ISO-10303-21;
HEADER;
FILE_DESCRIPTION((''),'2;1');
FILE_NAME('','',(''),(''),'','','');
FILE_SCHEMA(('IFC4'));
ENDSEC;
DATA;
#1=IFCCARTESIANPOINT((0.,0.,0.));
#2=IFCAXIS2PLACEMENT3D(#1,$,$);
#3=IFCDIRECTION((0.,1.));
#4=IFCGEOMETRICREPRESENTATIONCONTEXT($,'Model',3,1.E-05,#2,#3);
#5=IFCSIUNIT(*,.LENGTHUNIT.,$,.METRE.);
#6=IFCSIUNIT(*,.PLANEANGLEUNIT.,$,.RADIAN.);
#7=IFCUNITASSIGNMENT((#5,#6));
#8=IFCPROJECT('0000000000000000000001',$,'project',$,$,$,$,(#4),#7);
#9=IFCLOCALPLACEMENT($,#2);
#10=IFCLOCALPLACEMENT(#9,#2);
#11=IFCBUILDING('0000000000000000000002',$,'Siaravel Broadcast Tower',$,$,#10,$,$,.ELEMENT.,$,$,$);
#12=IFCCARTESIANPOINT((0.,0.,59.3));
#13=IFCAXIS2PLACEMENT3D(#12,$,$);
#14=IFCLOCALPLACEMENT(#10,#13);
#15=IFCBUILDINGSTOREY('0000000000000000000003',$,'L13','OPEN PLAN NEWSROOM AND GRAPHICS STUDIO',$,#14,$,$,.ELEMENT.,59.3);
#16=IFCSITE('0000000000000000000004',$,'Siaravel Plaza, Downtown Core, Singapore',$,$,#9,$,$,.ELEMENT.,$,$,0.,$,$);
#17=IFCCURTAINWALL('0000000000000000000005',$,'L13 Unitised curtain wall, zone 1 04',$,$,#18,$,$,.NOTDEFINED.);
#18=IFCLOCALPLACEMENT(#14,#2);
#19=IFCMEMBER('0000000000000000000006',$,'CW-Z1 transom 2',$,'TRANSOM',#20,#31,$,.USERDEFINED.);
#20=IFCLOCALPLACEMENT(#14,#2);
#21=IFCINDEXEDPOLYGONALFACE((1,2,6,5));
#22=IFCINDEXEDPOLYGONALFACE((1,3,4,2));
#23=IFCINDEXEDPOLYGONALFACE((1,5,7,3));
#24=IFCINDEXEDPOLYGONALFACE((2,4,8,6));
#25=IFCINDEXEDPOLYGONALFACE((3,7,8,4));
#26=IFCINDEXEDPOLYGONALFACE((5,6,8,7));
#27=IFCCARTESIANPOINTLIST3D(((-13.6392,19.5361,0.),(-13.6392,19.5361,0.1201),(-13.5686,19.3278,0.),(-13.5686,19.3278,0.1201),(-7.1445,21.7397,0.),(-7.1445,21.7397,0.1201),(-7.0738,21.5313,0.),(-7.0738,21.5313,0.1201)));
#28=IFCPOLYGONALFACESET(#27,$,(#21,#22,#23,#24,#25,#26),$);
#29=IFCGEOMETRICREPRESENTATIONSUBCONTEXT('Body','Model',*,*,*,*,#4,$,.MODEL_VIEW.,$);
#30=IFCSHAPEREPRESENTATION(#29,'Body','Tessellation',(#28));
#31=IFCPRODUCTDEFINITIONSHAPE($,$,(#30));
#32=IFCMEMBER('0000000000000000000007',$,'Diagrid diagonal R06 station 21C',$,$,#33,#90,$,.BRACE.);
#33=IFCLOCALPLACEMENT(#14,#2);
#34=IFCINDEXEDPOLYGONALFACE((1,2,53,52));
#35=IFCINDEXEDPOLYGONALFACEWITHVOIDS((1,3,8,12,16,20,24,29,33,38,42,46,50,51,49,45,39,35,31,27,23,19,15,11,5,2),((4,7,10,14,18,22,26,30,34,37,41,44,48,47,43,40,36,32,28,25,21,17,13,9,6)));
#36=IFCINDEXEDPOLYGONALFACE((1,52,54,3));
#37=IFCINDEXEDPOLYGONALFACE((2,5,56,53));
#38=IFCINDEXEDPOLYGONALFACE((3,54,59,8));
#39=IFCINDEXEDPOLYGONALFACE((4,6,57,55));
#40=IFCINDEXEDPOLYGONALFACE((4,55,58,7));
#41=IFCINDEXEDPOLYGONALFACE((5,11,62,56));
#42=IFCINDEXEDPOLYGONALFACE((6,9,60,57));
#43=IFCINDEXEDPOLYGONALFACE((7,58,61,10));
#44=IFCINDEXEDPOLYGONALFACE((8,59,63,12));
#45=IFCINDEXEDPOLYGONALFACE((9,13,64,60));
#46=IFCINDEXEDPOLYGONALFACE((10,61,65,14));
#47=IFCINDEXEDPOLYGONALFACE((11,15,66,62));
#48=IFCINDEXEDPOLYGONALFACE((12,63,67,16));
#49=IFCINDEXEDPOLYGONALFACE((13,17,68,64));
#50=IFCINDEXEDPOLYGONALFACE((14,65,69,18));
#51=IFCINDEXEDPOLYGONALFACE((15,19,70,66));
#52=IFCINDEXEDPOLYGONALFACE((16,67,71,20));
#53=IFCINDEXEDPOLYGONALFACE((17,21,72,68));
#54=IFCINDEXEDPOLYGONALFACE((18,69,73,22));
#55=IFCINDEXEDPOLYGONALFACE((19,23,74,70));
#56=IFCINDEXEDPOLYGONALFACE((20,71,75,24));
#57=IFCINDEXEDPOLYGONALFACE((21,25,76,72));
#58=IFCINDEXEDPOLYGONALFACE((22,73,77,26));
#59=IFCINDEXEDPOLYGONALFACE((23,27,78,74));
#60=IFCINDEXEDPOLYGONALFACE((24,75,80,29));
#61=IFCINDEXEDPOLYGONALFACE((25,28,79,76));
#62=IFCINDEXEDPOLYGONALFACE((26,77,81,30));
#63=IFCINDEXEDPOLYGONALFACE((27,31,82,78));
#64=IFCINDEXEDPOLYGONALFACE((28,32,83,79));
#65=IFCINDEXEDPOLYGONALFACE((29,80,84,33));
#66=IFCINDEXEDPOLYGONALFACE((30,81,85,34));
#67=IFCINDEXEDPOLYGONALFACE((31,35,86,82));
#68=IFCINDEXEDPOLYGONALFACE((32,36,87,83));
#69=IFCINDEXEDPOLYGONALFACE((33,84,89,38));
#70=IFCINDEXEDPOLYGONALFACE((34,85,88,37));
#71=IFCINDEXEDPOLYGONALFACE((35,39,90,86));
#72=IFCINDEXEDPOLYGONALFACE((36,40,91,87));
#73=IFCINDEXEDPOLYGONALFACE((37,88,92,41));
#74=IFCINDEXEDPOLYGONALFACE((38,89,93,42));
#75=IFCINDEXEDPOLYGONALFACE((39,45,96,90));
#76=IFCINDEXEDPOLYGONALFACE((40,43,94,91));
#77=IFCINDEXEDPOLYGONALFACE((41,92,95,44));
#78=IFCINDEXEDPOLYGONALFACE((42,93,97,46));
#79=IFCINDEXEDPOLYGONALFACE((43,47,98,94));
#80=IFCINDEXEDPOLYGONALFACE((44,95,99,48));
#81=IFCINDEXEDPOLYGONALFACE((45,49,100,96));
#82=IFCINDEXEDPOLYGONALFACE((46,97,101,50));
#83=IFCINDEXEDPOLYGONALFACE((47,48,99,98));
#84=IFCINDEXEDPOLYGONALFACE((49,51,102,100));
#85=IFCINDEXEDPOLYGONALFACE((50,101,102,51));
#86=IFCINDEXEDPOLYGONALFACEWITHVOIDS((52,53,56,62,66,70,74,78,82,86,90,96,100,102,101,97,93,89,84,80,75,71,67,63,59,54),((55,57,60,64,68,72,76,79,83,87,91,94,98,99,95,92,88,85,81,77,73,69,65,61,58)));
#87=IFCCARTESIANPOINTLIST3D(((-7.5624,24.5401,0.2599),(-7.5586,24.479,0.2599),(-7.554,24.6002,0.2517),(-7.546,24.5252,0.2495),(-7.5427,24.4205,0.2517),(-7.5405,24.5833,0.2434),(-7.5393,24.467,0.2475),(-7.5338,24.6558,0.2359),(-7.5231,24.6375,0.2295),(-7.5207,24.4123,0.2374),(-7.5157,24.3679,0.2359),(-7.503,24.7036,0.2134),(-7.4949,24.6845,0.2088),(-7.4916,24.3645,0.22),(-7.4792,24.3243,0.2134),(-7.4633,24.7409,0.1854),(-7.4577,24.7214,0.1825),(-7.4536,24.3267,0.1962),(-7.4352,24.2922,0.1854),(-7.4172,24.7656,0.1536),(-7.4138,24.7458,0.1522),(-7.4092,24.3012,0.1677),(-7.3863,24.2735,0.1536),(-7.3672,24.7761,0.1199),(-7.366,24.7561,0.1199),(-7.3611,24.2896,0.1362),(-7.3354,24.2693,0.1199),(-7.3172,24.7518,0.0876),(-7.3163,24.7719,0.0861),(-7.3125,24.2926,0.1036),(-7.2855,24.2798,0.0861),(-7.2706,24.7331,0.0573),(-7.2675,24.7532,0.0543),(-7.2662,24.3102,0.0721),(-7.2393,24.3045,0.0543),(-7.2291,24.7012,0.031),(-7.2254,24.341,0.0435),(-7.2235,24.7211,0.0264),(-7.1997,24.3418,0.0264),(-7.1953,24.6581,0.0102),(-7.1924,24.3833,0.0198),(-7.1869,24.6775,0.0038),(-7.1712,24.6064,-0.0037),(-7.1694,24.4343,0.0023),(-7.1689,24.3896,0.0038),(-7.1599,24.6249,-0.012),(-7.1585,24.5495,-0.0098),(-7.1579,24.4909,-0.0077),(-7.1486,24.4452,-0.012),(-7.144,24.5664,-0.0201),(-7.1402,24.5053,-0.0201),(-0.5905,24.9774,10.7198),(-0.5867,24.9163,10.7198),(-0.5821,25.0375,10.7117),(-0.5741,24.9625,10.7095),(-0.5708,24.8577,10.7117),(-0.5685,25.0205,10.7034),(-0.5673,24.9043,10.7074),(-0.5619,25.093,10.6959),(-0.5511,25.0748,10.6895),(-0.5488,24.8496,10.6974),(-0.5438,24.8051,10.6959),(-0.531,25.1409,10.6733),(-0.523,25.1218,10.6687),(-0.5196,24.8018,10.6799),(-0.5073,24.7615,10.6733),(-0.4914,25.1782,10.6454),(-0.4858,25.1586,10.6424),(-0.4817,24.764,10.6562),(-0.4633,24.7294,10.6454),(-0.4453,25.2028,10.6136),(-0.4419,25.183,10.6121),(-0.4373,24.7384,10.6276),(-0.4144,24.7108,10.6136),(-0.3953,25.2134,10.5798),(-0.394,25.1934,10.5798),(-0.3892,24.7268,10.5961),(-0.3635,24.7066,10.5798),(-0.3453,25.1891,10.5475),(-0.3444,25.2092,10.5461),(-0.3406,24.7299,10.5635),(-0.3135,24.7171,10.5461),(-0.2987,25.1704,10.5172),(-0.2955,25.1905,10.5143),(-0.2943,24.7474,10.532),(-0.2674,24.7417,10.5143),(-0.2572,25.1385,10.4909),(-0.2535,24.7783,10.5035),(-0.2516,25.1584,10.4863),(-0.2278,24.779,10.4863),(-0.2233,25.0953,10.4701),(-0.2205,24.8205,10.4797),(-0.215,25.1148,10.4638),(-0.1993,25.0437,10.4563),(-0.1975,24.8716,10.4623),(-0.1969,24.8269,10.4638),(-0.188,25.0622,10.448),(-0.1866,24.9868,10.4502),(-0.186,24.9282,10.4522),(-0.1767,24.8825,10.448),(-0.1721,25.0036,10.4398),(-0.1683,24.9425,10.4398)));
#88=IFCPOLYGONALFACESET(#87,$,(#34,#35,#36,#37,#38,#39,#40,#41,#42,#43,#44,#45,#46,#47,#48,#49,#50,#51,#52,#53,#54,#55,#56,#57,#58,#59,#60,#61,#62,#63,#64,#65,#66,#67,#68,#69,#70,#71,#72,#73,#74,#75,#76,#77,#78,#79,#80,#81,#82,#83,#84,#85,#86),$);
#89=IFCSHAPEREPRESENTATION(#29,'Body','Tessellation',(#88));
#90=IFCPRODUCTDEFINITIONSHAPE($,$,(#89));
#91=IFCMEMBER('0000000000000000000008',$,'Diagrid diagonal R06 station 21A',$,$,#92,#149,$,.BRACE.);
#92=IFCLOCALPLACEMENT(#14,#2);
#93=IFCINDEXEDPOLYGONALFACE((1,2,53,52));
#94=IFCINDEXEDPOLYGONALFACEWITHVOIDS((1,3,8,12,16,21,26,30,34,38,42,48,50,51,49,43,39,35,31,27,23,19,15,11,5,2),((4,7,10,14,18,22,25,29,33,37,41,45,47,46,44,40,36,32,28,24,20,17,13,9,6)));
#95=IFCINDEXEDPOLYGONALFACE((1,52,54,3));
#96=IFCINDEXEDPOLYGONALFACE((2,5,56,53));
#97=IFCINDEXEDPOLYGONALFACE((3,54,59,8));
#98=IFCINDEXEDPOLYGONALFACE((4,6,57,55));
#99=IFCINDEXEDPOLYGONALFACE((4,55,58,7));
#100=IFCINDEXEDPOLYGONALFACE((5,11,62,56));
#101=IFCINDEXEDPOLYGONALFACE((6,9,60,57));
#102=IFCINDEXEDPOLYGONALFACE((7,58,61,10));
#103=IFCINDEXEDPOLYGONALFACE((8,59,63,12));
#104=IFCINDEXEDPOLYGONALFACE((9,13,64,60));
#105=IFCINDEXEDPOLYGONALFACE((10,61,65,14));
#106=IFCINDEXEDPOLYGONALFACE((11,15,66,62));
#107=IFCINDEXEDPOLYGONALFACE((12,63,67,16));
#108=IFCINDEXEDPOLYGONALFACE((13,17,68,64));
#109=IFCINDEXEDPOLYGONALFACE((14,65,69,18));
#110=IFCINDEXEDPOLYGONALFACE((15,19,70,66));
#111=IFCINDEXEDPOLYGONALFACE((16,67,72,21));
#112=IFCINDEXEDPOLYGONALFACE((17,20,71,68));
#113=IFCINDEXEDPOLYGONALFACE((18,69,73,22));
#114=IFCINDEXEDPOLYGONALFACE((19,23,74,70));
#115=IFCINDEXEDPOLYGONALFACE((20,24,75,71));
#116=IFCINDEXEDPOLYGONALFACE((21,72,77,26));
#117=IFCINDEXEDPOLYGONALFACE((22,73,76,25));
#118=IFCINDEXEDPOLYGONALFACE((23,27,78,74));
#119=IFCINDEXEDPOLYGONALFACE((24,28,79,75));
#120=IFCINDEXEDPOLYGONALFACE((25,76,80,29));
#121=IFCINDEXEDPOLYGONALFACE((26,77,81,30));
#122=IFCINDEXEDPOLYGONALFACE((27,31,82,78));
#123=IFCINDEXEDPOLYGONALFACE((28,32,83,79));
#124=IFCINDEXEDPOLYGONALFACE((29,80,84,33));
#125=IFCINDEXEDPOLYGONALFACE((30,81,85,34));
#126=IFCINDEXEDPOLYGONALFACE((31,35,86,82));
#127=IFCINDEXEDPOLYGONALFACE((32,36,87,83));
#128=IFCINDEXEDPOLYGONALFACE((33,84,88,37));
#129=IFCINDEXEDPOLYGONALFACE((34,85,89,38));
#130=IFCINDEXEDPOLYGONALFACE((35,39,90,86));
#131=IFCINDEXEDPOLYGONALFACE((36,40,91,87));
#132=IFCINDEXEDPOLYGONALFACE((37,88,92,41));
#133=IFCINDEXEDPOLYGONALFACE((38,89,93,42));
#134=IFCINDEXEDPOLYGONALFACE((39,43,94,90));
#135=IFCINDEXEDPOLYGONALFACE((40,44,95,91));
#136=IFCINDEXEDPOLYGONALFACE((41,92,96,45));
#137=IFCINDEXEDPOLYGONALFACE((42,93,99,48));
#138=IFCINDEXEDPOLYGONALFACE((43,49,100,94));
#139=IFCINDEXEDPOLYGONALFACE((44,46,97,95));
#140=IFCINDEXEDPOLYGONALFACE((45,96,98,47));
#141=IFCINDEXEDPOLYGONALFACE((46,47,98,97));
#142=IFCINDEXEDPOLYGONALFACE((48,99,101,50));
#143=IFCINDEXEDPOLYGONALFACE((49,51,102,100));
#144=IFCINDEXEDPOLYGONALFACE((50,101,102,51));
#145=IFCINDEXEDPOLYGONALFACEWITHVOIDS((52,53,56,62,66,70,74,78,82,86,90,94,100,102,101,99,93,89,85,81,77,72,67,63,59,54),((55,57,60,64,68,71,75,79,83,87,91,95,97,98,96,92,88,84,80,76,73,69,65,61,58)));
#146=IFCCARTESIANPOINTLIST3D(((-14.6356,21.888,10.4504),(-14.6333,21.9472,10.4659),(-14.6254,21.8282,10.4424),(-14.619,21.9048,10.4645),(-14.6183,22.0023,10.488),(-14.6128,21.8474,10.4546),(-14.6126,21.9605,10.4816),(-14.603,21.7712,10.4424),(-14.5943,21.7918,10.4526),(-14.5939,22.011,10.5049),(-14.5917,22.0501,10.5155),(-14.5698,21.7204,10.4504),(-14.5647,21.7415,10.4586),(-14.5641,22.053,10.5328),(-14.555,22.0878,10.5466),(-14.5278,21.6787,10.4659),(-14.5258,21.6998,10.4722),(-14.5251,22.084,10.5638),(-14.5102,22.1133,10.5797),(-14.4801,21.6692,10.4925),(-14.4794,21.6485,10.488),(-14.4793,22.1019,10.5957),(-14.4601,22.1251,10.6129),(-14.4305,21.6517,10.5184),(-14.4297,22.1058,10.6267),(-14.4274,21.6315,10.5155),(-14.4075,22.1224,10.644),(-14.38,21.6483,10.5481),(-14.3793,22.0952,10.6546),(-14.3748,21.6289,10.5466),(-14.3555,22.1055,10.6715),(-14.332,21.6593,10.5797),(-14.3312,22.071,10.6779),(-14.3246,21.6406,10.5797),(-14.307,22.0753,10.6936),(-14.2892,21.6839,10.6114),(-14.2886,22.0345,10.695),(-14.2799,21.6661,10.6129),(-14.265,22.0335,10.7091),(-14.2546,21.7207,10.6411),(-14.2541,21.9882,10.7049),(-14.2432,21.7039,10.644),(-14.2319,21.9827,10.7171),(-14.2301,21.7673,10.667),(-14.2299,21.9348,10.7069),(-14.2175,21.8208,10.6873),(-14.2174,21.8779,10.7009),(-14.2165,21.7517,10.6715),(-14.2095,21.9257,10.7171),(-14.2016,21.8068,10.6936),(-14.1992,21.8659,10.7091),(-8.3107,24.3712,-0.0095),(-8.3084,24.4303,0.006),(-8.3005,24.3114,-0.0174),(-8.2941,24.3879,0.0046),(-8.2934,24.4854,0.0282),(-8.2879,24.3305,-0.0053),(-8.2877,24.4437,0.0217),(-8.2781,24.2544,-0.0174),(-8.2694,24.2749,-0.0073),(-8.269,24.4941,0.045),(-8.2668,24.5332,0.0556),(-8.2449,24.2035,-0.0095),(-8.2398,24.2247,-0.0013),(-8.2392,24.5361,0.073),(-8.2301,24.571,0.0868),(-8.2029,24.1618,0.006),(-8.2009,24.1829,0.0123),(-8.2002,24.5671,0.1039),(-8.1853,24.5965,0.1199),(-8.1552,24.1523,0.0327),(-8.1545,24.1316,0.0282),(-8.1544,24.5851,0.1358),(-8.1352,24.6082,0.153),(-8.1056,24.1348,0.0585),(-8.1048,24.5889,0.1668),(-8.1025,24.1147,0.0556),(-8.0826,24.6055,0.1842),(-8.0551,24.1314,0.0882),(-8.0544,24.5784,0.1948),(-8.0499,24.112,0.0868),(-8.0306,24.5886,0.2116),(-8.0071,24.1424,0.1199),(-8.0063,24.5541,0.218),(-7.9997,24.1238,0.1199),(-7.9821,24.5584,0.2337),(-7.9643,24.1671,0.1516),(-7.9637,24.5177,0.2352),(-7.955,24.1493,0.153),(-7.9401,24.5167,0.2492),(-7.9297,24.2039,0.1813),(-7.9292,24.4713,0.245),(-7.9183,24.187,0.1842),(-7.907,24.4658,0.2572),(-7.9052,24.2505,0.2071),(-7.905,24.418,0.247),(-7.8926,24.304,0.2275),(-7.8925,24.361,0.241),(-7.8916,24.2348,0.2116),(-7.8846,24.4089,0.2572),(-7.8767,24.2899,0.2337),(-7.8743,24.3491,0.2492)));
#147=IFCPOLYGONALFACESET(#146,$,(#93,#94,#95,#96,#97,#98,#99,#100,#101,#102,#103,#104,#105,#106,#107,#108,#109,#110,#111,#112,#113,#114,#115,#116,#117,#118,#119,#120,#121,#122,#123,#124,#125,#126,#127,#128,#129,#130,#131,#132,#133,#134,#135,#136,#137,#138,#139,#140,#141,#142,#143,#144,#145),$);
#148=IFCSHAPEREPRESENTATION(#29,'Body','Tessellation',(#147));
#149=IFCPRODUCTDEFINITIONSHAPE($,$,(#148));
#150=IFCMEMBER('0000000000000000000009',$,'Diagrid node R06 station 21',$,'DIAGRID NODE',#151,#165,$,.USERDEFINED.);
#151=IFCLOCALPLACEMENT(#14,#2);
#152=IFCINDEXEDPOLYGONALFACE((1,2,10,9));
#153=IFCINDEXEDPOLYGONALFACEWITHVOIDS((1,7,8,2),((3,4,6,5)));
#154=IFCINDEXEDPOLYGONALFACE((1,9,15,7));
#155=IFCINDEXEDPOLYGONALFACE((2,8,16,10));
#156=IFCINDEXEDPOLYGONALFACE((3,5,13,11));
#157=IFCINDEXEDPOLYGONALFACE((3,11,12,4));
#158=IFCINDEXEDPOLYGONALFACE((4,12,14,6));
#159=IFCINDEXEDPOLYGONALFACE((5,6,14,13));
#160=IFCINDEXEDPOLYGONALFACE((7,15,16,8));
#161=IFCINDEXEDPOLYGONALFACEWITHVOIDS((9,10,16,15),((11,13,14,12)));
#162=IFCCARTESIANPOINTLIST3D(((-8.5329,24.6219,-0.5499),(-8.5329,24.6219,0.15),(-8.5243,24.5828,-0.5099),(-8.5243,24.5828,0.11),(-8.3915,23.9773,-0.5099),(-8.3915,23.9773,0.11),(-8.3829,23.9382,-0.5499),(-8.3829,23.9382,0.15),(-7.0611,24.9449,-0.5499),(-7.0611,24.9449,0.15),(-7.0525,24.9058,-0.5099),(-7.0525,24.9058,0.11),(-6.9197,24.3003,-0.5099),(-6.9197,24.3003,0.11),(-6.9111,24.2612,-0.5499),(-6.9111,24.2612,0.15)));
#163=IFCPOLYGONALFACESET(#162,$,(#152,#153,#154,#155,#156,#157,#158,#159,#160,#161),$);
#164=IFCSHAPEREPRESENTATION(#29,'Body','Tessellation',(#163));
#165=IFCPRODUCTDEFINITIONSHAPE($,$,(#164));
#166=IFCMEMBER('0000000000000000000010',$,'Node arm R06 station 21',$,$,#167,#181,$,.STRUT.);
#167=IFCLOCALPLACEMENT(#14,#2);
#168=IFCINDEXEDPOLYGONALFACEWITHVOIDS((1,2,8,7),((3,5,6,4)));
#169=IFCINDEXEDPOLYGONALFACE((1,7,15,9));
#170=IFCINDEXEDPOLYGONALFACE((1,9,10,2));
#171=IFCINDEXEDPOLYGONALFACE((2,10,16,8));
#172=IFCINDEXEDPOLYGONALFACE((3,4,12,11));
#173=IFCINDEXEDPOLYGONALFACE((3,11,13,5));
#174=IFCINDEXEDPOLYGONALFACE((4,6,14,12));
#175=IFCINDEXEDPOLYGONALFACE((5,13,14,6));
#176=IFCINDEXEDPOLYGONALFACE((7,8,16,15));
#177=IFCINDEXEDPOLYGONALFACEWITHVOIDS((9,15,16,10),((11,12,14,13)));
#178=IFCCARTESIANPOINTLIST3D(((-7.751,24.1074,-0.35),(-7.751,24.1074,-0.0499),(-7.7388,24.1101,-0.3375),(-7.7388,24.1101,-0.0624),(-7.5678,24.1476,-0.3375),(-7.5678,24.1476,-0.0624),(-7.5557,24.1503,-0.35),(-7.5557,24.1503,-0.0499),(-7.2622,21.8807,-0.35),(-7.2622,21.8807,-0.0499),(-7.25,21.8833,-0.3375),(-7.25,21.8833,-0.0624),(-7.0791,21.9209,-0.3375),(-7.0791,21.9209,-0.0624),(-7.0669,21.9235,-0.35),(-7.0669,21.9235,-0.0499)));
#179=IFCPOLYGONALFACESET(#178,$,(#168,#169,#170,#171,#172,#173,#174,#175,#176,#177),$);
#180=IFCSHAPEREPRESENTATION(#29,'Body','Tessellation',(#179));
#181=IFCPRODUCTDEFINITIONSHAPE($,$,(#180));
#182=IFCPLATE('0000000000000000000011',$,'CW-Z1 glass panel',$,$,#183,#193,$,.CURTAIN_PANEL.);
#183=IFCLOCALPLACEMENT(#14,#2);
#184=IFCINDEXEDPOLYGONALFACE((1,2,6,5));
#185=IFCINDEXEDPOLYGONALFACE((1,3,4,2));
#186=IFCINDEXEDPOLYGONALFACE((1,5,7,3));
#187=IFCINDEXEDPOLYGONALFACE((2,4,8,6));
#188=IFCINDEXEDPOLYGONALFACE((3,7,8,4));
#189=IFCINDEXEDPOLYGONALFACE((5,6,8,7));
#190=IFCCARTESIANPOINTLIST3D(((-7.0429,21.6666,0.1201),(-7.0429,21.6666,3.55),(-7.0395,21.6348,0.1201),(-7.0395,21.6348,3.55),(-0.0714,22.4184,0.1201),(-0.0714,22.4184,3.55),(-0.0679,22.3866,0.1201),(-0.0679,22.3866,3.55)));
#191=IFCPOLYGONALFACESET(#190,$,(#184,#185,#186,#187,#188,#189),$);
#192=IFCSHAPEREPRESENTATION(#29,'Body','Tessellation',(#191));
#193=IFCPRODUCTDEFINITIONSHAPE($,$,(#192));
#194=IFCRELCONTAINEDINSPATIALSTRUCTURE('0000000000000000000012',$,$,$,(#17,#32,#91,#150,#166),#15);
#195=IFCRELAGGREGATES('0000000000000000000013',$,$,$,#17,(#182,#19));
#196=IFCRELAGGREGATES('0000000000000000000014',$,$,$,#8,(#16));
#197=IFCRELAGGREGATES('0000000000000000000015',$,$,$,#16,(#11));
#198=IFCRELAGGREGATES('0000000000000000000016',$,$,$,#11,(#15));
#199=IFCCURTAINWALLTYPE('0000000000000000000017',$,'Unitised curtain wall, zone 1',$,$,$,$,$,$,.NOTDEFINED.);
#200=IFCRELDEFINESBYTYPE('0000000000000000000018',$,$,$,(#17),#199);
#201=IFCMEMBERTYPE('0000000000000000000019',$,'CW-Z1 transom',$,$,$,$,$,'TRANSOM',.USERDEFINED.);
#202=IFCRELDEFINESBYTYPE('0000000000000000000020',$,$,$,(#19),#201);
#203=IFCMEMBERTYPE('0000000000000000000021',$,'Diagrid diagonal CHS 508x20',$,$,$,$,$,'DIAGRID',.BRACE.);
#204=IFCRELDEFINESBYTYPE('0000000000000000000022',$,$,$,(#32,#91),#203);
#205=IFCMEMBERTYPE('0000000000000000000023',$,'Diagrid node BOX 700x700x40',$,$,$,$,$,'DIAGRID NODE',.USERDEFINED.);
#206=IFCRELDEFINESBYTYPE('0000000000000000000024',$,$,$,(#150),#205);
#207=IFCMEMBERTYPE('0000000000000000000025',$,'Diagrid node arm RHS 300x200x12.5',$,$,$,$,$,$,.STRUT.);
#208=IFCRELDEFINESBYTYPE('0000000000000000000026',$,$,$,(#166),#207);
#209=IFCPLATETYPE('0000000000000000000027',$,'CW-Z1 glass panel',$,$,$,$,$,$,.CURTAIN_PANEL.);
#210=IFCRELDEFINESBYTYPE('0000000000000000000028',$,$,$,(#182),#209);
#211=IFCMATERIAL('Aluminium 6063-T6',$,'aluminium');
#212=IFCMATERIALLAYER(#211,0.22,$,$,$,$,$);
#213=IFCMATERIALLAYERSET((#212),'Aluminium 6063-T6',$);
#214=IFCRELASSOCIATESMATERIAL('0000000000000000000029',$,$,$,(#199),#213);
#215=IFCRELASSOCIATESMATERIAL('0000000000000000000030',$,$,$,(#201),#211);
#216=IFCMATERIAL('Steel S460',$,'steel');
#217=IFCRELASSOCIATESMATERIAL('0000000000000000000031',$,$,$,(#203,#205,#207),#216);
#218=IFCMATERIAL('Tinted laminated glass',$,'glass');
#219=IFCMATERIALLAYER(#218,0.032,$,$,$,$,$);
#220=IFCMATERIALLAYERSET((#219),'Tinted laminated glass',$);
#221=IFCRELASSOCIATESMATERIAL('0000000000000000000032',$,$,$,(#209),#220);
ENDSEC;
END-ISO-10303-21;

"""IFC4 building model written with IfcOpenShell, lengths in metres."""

from ifc_helpers import new_model, si_unit, direction, frame, origin, origin_2d, place, context, subcontext, project, spatial, rectangle, hollow_rectangle, hollow_circle, extrude, material, layer, layer_set, material_profile, profile_set, type_object, element, aggregate, save


model = new_model("IFC4")

# Units and contexts
model_context = context("Model", 3, precision=1e-05, world=origin(), true_north=direction((0.0, 1.0)))
body_context = subcontext(model_context, "Body", "Model", "MODEL_VIEW")
ifc_project = project(units=[si_unit("LENGTHUNIT", "METRE"), si_unit("PLANEANGLEUNIT", "RADIAN")], contexts=[model_context])

# Site, building, storey
site_placement = place(None, origin())
site = spatial("IfcSite", under=ifc_project, at=site_placement, Name="Siaravel Plaza, Downtown Core, Singapore", CompositionType="ELEMENT", RefElevation=0.0)
building_placement = place(site_placement, origin())
building = spatial("IfcBuilding", under=site, at=building_placement, Name="Siaravel Broadcast Tower", CompositionType="ELEMENT")
storey_placement = place(building_placement, frame((0.0, 0.0, 59.3)))
storey = spatial("IfcBuildingStorey", under=building, at=storey_placement, Name="L13", Description="OPEN PLAN NEWSROOM AND GRAPHICS STUDIO", CompositionType="ELEMENT", Elevation=59.3)

# Curtain wall, member
ifc_material_1 = material(Name="Aluminium 6063-T6", Category="aluminium")
ifc_layer_1 = layer(ifc_material_1, 0.22)
ifc_layer_set_1 = layer_set([ifc_layer_1], Name="Aluminium 6063-T6")
curtain_wall_type = type_object("IfcCurtainWallType", Name="Unitised curtain wall, zone 1", PredefinedType="NOTDEFINED", material=ifc_layer_set_1)
curtain_wall_placement = place(storey_placement, origin())
curtain_wall = element("IfcCurtainWall", 1, at=curtain_wall_placement, inside=storey, type_object=curtain_wall_type, Name="L13 Unitised curtain wall, zone 1 04", PredefinedType="NOTDEFINED")
ifc_material_profile_1 = material_profile(ifc_material_1, rectangle(XDim=0.22, YDim=0.1201, at=origin_2d()))
ifc_profile_set_1 = profile_set([ifc_material_profile_1], Name="Aluminium 6063-T6")
member_type_1 = type_object("IfcMemberType", Name="CW-Z1 transom", ElementType="TRANSOM", PredefinedType="USERDEFINED", material=ifc_profile_set_1)
member_1_placement = place(storey_placement, frame((-7.1091, 21.6355, 0.0601), z_axis=(-0.946979, -0.321296, 0.0), x_axis=(0.321296, -0.946979, 0.0)))
member_1 = element("IfcMember", 2, at=member_1_placement, type_object=member_type_1, Name="CW-Z1 transom 2", ObjectType="TRANSOM", PredefinedType="USERDEFINED", context=body_context, shape_type="SweptSolid", body=[
    extrude(rectangle(XDim=0.22, YDim=0.1201, at=origin_2d()), origin(), (0.0, 0.0, 1.0), 6.8584),
])

# Members
ifc_material_2 = material(Name="Steel S460", Category="steel")
ifc_material_profile_2 = material_profile(ifc_material_2, hollow_circle(Radius=0.2539, WallThickness=0.02, at=origin_2d()))
ifc_profile_set_2 = profile_set([ifc_material_profile_2], Name="Steel S460")
member_type_2 = type_object("IfcMemberType", Name="Diagrid diagonal CHS 508x20", ElementType="DIAGRID", PredefinedType="BRACE", material=ifc_profile_set_2)
member_2_placement = place(storey_placement, frame((-7.3513, 24.5227, 0.1199), z_axis=(0.554289, 0.034763, 0.831598), x_axis=(-0.062594, 0.998039, 0.0)))
element("IfcMember", 3, at=member_2_placement, inside=storey, type_object=member_type_2, Name="Diagrid diagonal R06 station 21C", PredefinedType="BRACE", context=body_context, shape_type="SweptSolid", body=[
    extrude(hollow_circle(Radius=0.2539, WallThickness=0.02, at=origin_2d()), origin(), (0.0, 0.0, 1.0), 12.5781),
])
member_3_placement = place(storey_placement, frame((-8.0925, 24.3601, 0.1199), z_axis=(-0.507081, -0.199078, 0.838592), x_axis=(0.365442, -0.930834, 0.0)))
element("IfcMember", 4, at=member_3_placement, inside=storey, type_object=member_type_2, Name="Diagrid diagonal R06 station 21A", PredefinedType="BRACE", context=body_context, shape_type="SweptSolid", body=[
    extrude(hollow_circle(Radius=0.2539, WallThickness=0.02, at=origin_2d()), origin(), (0.0, 0.0, 1.0), 12.4731),
])
ifc_material_profile_3 = material_profile(ifc_material_2, hollow_rectangle(XDim=0.7, YDim=0.7, WallThickness=0.04, at=origin_2d()))
ifc_profile_set_3 = profile_set([ifc_material_profile_3], Name="Steel S460")
member_type_3 = type_object("IfcMemberType", Name="Diagrid node BOX 700x700x40", ElementType="DIAGRID NODE", PredefinedType="USERDEFINED", material=ifc_profile_set_3)
member_4_placement = place(storey_placement, frame((-6.9861, 24.603, -0.2), z_axis=(-0.976759, -0.214339, 0.0), x_axis=(0.214339, -0.976759, 0.0)))
element("IfcMember", 5, at=member_4_placement, inside=storey, type_object=member_type_3, Name="Diagrid node R06 station 21", ObjectType="DIAGRID NODE", PredefinedType="USERDEFINED", context=body_context, shape_type="SweptSolid", body=[
    extrude(hollow_rectangle(XDim=0.7, YDim=0.7, WallThickness=0.04, at=origin_2d()), origin(), (0.0, 0.0, 1.0), 1.5068),
])
ifc_material_profile_4 = material_profile(ifc_material_2, hollow_rectangle(XDim=0.2, YDim=0.3, WallThickness=0.0125, at=origin_2d()))
ifc_profile_set_4 = profile_set([ifc_material_profile_4], Name="Steel S460")
member_type_4 = type_object("IfcMemberType", Name="Diagrid node arm RHS 300x200x12.5", PredefinedType="STRUT", material=ifc_profile_set_4)
member_5_placement = place(storey_placement, frame((-7.1646, 21.9021, -0.2), z_axis=(-0.21439, 0.976748, 0.0), x_axis=(-0.976748, -0.21439, 0.0)))
element("IfcMember", 6, at=member_5_placement, inside=storey, type_object=member_type_4, Name="Node arm R06 station 21", PredefinedType="STRUT", context=body_context, shape_type="SweptSolid", body=[
    extrude(hollow_rectangle(XDim=0.2, YDim=0.3, WallThickness=0.0125, at=origin_2d()), origin(), (0.0, 0.0, 1.0), 2.2798),
])

# Plate
ifc_material_3 = material(Name="Tinted laminated glass", Category="glass")
ifc_layer_2 = layer(ifc_material_3, 0.032)
ifc_layer_set_2 = layer_set([ifc_layer_2], Name="Tinted laminated glass")
plate_type = type_object("IfcPlateType", Name="CW-Z1 glass panel", PredefinedType="CURTAIN_PANEL", material=ifc_layer_set_2)
plate_1_placement = place(storey_placement, frame((-3.5554, 22.0266, 0.1201), z_axis=(0.0, 0.0, 1.0), x_axis=(-0.994236, -0.107217, 0.0)))
plate_1 = element("IfcPlate", 7, at=plate_1_placement, type_object=plate_type, Name="CW-Z1 glass panel", PredefinedType="CURTAIN_PANEL", context=body_context, shape_type="SweptSolid", body=[
    extrude(rectangle(XDim=7.012, YDim=0.032, at=origin_2d()), origin(), (0.0, 0.0, 1.0), 3.4299),
])
aggregate(curtain_wall, [plate_1, member_1])

save(model, "model.ifc")
